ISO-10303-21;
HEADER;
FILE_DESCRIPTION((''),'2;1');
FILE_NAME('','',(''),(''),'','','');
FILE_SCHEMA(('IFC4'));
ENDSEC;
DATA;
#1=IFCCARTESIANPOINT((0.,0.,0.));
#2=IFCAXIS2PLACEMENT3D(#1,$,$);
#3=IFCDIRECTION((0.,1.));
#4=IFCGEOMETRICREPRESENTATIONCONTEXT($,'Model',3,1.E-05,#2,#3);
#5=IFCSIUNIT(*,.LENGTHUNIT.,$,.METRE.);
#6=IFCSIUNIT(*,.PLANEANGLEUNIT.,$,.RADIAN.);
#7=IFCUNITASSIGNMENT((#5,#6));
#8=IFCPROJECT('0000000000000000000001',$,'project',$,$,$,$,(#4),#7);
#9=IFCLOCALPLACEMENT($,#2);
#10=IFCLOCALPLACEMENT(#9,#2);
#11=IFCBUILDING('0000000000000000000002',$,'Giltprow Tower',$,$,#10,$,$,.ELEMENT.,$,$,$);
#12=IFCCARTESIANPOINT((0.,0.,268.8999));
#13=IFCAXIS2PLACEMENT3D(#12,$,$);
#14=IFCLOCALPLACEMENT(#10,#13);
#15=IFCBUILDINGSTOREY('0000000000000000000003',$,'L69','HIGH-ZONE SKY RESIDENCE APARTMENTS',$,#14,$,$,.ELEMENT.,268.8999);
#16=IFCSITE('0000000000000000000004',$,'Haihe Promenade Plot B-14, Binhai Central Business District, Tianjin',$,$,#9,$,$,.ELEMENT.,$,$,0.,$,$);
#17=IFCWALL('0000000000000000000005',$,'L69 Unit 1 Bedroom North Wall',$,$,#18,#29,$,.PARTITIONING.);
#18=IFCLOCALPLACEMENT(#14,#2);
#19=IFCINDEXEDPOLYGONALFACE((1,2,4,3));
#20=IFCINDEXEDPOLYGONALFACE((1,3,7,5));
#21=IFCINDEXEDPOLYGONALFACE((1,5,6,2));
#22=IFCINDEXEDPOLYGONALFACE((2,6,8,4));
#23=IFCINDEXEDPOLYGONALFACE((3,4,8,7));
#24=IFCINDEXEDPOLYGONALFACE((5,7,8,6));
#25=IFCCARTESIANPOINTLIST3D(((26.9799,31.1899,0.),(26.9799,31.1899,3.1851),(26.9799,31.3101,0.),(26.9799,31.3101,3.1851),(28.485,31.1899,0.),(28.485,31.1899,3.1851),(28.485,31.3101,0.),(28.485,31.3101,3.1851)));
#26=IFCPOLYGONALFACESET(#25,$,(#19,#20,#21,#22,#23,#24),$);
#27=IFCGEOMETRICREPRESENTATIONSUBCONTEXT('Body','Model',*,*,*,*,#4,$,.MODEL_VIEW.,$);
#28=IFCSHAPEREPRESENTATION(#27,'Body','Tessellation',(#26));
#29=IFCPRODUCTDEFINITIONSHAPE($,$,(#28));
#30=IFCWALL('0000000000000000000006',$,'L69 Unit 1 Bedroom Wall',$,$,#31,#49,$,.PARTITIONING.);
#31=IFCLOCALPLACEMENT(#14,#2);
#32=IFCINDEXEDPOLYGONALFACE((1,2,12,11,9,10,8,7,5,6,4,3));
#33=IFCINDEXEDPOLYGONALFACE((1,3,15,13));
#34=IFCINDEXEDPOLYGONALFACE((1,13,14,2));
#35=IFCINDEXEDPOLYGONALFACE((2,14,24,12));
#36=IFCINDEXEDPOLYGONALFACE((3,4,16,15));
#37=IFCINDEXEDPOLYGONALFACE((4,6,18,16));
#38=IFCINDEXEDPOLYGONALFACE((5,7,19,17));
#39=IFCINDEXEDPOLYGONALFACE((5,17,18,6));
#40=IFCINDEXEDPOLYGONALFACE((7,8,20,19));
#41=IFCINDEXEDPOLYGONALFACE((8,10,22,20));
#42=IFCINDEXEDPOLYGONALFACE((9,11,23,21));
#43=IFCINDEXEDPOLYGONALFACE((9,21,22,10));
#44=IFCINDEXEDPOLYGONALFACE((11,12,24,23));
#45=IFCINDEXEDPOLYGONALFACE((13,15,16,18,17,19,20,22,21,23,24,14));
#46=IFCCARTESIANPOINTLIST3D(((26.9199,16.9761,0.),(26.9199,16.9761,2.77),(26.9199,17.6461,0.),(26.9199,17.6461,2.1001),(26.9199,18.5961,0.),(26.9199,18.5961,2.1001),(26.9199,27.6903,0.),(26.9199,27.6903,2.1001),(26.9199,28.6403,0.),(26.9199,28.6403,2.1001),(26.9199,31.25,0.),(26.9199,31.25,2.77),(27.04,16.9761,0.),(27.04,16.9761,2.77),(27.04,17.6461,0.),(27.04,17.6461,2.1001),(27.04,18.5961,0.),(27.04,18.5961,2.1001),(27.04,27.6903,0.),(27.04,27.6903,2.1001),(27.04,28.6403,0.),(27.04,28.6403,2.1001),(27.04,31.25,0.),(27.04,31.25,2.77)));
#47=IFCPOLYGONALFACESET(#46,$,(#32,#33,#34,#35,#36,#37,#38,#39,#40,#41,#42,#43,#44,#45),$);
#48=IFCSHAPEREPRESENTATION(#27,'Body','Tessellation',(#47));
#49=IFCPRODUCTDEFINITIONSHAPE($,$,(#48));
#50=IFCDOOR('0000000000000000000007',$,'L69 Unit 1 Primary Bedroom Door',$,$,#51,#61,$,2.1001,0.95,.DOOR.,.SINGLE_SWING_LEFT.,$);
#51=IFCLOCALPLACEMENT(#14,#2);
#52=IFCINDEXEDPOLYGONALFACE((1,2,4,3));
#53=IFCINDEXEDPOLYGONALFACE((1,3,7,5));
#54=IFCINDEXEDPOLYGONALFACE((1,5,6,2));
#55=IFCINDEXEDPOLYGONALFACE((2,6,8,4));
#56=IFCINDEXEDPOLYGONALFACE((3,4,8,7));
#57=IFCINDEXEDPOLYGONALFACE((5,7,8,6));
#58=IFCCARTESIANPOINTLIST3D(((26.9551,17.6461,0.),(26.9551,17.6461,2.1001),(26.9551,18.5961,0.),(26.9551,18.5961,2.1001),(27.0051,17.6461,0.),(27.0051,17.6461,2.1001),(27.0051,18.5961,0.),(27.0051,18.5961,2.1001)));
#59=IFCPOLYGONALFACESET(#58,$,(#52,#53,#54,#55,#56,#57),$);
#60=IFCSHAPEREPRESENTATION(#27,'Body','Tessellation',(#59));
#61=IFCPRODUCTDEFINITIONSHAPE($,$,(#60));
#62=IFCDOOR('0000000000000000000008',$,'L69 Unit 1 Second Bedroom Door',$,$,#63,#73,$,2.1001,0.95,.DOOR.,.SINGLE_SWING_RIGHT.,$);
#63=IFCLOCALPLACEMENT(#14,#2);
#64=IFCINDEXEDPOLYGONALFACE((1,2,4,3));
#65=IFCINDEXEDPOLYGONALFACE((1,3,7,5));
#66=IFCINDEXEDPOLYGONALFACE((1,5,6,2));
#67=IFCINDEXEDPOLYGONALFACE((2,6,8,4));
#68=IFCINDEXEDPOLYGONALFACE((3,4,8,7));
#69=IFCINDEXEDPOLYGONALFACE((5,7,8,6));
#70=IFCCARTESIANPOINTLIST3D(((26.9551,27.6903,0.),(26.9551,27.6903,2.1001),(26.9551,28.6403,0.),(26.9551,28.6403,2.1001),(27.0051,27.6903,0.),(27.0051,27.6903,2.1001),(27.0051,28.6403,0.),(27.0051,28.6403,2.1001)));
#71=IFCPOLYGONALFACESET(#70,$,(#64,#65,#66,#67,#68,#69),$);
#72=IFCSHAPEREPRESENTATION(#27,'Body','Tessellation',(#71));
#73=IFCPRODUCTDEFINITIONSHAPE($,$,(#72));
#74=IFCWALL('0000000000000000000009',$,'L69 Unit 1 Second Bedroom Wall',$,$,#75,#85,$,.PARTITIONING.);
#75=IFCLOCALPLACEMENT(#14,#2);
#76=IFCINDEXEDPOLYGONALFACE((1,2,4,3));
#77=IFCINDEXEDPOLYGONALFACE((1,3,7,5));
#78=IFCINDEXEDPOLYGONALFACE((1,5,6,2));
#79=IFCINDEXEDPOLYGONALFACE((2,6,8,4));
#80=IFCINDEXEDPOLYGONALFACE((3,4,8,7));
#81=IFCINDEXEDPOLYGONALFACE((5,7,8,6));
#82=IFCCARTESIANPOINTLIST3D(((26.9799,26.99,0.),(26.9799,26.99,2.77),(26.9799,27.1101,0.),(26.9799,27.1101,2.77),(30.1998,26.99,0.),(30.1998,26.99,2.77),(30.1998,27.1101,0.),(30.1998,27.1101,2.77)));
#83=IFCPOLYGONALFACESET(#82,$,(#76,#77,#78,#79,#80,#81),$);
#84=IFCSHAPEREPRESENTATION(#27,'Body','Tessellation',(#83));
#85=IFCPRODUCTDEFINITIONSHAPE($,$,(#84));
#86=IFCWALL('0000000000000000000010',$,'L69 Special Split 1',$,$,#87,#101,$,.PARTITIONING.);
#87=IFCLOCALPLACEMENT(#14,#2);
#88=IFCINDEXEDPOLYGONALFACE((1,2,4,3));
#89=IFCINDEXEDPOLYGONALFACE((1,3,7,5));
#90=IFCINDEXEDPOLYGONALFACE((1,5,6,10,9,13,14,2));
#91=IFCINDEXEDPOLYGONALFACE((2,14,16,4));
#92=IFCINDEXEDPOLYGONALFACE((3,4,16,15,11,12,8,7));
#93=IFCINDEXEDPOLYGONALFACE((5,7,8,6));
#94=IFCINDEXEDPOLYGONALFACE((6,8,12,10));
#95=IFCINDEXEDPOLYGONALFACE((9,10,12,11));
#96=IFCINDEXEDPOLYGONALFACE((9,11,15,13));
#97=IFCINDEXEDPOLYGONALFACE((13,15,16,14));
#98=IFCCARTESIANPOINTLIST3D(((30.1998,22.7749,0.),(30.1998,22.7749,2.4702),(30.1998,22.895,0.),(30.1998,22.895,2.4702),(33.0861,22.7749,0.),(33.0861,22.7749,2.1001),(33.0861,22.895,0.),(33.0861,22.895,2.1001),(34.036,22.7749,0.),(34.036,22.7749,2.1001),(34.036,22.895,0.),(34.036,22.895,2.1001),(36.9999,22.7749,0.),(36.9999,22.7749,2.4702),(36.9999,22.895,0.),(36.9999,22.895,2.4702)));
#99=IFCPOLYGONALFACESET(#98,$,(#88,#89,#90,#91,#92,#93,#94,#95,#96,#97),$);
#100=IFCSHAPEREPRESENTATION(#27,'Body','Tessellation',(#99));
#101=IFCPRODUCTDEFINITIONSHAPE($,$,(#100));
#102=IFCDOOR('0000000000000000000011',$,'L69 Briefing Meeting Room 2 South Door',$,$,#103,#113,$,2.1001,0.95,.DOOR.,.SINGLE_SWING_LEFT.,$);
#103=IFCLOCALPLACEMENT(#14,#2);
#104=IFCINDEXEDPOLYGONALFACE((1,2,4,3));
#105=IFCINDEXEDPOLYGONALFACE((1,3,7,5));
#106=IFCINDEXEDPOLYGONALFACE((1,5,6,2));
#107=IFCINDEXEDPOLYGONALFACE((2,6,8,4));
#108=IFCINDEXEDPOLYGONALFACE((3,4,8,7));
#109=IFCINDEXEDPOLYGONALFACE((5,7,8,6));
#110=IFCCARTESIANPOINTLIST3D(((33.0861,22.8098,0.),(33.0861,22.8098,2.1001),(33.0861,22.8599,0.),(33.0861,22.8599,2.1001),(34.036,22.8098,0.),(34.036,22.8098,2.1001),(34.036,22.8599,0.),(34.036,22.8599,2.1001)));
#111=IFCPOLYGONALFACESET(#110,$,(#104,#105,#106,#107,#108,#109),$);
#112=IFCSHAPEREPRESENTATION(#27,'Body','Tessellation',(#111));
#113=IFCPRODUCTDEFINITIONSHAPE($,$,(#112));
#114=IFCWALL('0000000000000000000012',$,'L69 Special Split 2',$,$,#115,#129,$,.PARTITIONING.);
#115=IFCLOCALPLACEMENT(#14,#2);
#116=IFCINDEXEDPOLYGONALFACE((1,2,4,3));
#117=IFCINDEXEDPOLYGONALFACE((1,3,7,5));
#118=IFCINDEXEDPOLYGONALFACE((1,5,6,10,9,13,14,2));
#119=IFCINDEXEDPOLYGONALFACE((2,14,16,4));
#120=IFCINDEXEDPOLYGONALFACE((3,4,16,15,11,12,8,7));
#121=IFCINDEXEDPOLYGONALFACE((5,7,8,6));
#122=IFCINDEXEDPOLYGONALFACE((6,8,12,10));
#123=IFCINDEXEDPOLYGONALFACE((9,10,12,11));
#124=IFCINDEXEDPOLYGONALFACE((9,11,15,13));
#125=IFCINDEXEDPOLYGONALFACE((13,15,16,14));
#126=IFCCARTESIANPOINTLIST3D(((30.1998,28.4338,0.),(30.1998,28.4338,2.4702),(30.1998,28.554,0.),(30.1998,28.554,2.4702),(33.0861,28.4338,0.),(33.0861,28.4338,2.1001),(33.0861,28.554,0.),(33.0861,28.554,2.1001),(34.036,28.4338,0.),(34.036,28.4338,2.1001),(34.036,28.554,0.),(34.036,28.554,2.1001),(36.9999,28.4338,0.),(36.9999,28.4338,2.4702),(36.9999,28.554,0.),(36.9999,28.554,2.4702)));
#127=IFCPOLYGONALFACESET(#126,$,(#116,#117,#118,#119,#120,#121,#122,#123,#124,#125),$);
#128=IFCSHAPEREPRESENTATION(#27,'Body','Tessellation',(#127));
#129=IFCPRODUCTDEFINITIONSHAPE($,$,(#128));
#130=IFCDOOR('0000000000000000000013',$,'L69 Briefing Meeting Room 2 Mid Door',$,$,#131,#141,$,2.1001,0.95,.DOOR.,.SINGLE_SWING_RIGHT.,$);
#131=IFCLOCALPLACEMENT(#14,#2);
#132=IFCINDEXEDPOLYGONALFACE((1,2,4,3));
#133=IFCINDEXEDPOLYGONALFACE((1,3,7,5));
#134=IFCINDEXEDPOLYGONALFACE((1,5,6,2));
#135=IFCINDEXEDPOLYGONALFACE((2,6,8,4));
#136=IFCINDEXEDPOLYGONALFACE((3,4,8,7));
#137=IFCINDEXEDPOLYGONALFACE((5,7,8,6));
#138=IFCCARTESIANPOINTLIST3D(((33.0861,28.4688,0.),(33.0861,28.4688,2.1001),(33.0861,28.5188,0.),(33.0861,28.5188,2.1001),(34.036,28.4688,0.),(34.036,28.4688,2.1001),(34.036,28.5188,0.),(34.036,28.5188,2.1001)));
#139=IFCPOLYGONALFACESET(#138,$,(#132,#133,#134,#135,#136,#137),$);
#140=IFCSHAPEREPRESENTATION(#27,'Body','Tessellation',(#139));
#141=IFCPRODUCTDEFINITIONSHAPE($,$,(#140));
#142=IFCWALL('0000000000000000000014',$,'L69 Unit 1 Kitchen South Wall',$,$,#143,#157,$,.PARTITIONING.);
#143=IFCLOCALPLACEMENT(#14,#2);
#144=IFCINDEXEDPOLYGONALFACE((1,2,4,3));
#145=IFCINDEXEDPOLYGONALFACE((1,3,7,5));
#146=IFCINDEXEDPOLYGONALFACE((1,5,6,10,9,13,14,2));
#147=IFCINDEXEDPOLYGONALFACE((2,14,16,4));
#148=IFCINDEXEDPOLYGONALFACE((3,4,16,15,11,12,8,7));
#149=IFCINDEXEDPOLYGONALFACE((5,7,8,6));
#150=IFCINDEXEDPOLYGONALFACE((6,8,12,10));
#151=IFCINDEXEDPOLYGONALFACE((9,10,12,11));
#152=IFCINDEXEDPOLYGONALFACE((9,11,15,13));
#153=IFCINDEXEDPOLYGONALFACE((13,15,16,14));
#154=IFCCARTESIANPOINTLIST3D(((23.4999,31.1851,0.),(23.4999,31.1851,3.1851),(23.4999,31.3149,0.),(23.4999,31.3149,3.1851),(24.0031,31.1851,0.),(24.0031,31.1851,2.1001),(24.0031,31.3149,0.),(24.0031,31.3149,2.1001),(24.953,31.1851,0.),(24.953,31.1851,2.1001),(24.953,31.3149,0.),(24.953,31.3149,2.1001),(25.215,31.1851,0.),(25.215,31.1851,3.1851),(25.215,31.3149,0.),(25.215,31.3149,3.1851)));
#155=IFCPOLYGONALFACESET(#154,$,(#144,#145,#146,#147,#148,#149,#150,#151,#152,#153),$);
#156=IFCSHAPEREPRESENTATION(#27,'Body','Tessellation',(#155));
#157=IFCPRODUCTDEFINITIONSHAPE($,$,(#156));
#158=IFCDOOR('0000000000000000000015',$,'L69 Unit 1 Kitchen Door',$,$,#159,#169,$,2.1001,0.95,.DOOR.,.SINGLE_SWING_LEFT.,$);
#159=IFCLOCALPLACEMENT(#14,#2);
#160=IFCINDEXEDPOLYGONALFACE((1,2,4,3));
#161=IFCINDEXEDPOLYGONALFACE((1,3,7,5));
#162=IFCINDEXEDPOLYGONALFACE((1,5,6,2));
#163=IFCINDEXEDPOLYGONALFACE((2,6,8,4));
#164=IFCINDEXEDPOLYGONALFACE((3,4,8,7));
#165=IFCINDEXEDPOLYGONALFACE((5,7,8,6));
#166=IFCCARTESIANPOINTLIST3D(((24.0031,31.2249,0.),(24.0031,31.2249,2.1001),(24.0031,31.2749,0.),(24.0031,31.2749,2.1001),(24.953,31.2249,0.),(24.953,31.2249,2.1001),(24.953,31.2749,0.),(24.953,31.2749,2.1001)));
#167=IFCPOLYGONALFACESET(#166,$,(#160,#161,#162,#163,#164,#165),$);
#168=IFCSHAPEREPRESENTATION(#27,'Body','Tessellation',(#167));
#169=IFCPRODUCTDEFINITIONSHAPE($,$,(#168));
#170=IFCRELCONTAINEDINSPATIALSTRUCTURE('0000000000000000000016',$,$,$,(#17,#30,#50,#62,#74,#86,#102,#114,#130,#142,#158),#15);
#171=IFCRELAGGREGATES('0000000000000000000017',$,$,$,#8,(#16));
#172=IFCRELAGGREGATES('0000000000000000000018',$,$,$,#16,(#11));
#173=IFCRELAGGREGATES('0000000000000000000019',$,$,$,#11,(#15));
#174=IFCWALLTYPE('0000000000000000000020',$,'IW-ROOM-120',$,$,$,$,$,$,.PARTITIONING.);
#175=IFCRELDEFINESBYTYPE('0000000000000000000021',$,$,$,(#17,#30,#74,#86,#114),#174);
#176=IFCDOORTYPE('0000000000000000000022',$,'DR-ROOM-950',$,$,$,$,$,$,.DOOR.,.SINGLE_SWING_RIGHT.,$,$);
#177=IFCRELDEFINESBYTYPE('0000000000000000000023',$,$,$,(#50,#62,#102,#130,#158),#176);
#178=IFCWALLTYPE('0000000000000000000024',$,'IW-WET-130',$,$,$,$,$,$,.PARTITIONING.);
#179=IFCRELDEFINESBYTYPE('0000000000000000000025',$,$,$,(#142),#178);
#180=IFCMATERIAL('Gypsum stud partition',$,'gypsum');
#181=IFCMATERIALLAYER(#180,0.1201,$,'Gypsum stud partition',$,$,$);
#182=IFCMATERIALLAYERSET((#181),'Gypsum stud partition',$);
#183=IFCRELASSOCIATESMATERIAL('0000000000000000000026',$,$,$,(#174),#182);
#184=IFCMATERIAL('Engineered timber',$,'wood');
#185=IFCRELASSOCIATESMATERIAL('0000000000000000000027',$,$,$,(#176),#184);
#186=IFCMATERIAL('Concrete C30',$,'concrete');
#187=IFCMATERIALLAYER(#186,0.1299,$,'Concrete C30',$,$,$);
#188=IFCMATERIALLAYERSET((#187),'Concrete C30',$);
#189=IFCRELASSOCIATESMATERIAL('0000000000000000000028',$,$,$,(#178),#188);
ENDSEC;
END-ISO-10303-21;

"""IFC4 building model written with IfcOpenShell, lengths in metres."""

from ifc_helpers import new_model, si_unit, direction, frame, frame_2d, origin, place, context, subcontext, project, spatial, rectangle, extrude, source, transform, mapped, material, layer, layer_set, type_object, element, fill, save


model = new_model("IFC4")

# Units and contexts
model_context = context("Model", 3, precision=1e-05, world=origin(), true_north=direction((0.0, 1.0)))
body_context = subcontext(model_context, "Body", "Model", "MODEL_VIEW")
ifc_project = project(units=[si_unit("LENGTHUNIT", "METRE"), si_unit("PLANEANGLEUNIT", "RADIAN")], contexts=[model_context])

# Site, building, storey
site_placement = place(None, origin())
site = spatial("IfcSite", under=ifc_project, at=site_placement, Name="Haihe Promenade Plot B-14, Binhai Central Business District, Tianjin", CompositionType="ELEMENT", RefElevation=0.0)
building_placement = place(site_placement, origin())
building = spatial("IfcBuilding", under=site, at=building_placement, Name="Giltprow Tower", CompositionType="ELEMENT")
storey_placement = place(building_placement, frame((0.0, 0.0, 268.8999)))
storey = spatial("IfcBuildingStorey", under=building, at=storey_placement, Name="L69", Description="HIGH-ZONE SKY RESIDENCE APARTMENTS", CompositionType="ELEMENT", Elevation=268.8999)

# Wall
ifc_material_1 = material(Name="Gypsum stud partition", Category="gypsum")
ifc_layer_1 = layer(ifc_material_1, 0.1201, Name="Gypsum stud partition")
ifc_layer_set_1 = layer_set([ifc_layer_1], Name="Gypsum stud partition")
wall_type_1 = type_object("IfcWallType", Name="IW-ROOM-120", PredefinedType="PARTITIONING", material=ifc_layer_set_1)
wall_1_placement = place(storey_placement, frame((26.98, 31.25, 0.0), z_axis=(0.0, 0.0, 1.0), x_axis=(1.0, 0.0, 0.0)))
element("IfcWall", 1, at=wall_1_placement, inside=storey, type_object=wall_type_1, Name="L69 Unit 1 Bedroom North Wall", PredefinedType="PARTITIONING", context=body_context, shape_type="SweptSolid", body=[
    extrude(rectangle(XDim=1.5051, YDim=0.1201, at=frame_2d((0.7524, 0.0))), origin(), (0.0, 0.0, 1.0), 3.1851),
])

# Wall, openings, doors
wall_2_placement = place(storey_placement, frame((26.98, 16.9761, 0.0), z_axis=(0.0, 0.0, 1.0), x_axis=(0.0, 1.0, 0.0)))
wall_2 = element("IfcWall", 2, at=wall_2_placement, inside=storey, type_object=wall_type_1, Name="L69 Unit 1 Bedroom Wall", PredefinedType="PARTITIONING", context=body_context, shape_type="SweptSolid", body=[
    extrude(rectangle(XDim=14.2739, YDim=0.1201, at=frame_2d((7.137, 0.0))), origin(), (0.0, 0.0, 1.0), 2.77),
])
opening_1_placement = place(wall_2_placement, frame((0.6699, 0.0, 0.0)))
opening_1 = element("IfcOpeningElement", 3, at=opening_1_placement, cuts=wall_2, PredefinedType="OPENING", context=body_context, shape_type="SweptSolid", body=[
    extrude(rectangle(XDim=0.95, YDim=2.1001, at=frame_2d((0.4751, 1.05))), frame((0.0, 0.0701, 0.0), z_axis=(0.0, -1.0, 0.0), x_axis=(1.0, 0.0, 0.0)), (0.0, 0.0, 1.0), 0.1401),
])
opening_2_placement = place(wall_2_placement, frame((10.7141, 0.0, 0.0)))
opening_2 = element("IfcOpeningElement", 4, at=opening_2_placement, cuts=wall_2, PredefinedType="OPENING", context=body_context, shape_type="SweptSolid", body=[
    extrude(rectangle(XDim=0.95, YDim=2.1001, at=frame_2d((0.4751, 1.05))), frame((0.0, 0.0701, 0.0), z_axis=(0.0, -1.0, 0.0), x_axis=(1.0, 0.0, 0.0)), (0.0, 0.0, 1.0), 0.1401),
])
ifc_material_2 = material(Name="Engineered timber", Category="wood")
door_type_1 = type_object("IfcDoorType", Name="DR-ROOM-950", OperationType="SINGLE_SWING_RIGHT", PredefinedType="DOOR", material=ifc_material_2)
shared_shape_1 = source(origin(), body_context, "Body", "SweptSolid", [
    extrude(rectangle(XDim=0.95, YDim=2.1001, at=frame_2d((0.4751, 1.05))), frame((0.0, 0.0249, 0.0), z_axis=(0.0, -1.0, 0.0), x_axis=(1.0, 0.0, 0.0)), (0.0, 0.0, 1.0), 0.05),
])
door_1_placement = place(opening_1_placement, origin())
door_1 = element("IfcDoor", 5, at=door_1_placement, inside=storey, type_object=door_type_1, Name="L69 Unit 1 Primary Bedroom Door", OperationType="SINGLE_SWING_LEFT", OverallHeight=2.1001, OverallWidth=0.95, PredefinedType="DOOR", context=body_context, shape_type="MappedRepresentation", body=[
    mapped(shared_shape_1, transform((0.0, 0.0, 0.0), x_axis=(1.0, 0.0, 0.0), y_axis=(0.0, 1.0, 0.0), z_axis=(0.0, 0.0, 1.0), scale=1.0)),
])
fill(opening_1, door_1)
door_2_placement = place(opening_2_placement, origin())
door_2 = element("IfcDoor", 6, at=door_2_placement, inside=storey, type_object=door_type_1, Name="L69 Unit 1 Second Bedroom Door", OperationType="SINGLE_SWING_RIGHT", OverallHeight=2.1001, OverallWidth=0.95, PredefinedType="DOOR", context=body_context, shape_type="MappedRepresentation", body=[
    mapped(shared_shape_1, transform((0.0, 0.0, 0.0), x_axis=(1.0, 0.0, 0.0), y_axis=(0.0, 1.0, 0.0), z_axis=(0.0, 0.0, 1.0), scale=1.0)),
])
fill(opening_2, door_2)

# Wall
wall_3_placement = place(storey_placement, frame((26.98, 27.05, 0.0), z_axis=(0.0, 0.0, 1.0), x_axis=(1.0, 0.0, 0.0)))
element("IfcWall", 7, at=wall_3_placement, inside=storey, type_object=wall_type_1, Name="L69 Unit 1 Second Bedroom Wall", PredefinedType="PARTITIONING", context=body_context, shape_type="SweptSolid", body=[
    extrude(rectangle(XDim=3.22, YDim=0.1201, at=frame_2d((1.6099, 0.0))), origin(), (0.0, 0.0, 1.0), 2.77),
])

# Walls, openings, doors
wall_4_placement = place(storey_placement, frame((30.2, 22.835, 0.0), z_axis=(0.0, 0.0, 1.0), x_axis=(1.0, 0.0, 0.0)))
wall_4 = element("IfcWall", 8, at=wall_4_placement, inside=storey, type_object=wall_type_1, Name="L69 Special Split 1", PredefinedType="PARTITIONING", context=body_context, shape_type="SweptSolid", body=[
    extrude(rectangle(XDim=6.8, YDim=0.1201, at=frame_2d((3.3999, 0.0))), origin(), (0.0, 0.0, 1.0), 2.4702),
])
opening_3_placement = place(wall_4_placement, frame((2.886, 0.0, 0.0)))
opening_3 = element("IfcOpeningElement", 9, at=opening_3_placement, cuts=wall_4, PredefinedType="OPENING", context=body_context, shape_type="SweptSolid", body=[
    extrude(rectangle(XDim=0.95, YDim=2.1001, at=frame_2d((0.4751, 1.05))), frame((0.0, 0.0701, 0.0), z_axis=(0.0, -1.0, 0.0), x_axis=(1.0, 0.0, 0.0)), (0.0, 0.0, 1.0), 0.1401),
])
door_3_placement = place(opening_3_placement, origin())
door_3 = element("IfcDoor", 10, at=door_3_placement, inside=storey, type_object=door_type_1, Name="L69 Briefing Meeting Room 2 South Door", OperationType="SINGLE_SWING_LEFT", OverallHeight=2.1001, OverallWidth=0.95, PredefinedType="DOOR", context=body_context, shape_type="MappedRepresentation", body=[
    mapped(shared_shape_1, transform((0.0, 0.0, 0.0), x_axis=(1.0, 0.0, 0.0), y_axis=(0.0, 1.0, 0.0), z_axis=(0.0, 0.0, 1.0), scale=1.0)),
])
fill(opening_3, door_3)
wall_5_placement = place(storey_placement, frame((30.2, 28.4939, 0.0), z_axis=(0.0, 0.0, 1.0), x_axis=(1.0, 0.0, 0.0)))
wall_5 = element("IfcWall", 11, at=wall_5_placement, inside=storey, type_object=wall_type_1, Name="L69 Special Split 2", PredefinedType="PARTITIONING", context=body_context, shape_type="SweptSolid", body=[
    extrude(rectangle(XDim=6.8, YDim=0.1201, at=frame_2d((3.3999, 0.0))), origin(), (0.0, 0.0, 1.0), 2.4702),
])
opening_4_placement = place(wall_5_placement, frame((2.886, 0.0, 0.0)))
opening_4 = element("IfcOpeningElement", 12, at=opening_4_placement, cuts=wall_5, PredefinedType="OPENING", context=body_context, shape_type="SweptSolid", body=[
    extrude(rectangle(XDim=0.95, YDim=2.1001, at=frame_2d((0.4751, 1.05))), frame((0.0, 0.0701, 0.0), z_axis=(0.0, -1.0, 0.0), x_axis=(1.0, 0.0, 0.0)), (0.0, 0.0, 1.0), 0.1401),
])
door_4_placement = place(opening_4_placement, origin())
door_4 = element("IfcDoor", 13, at=door_4_placement, inside=storey, type_object=door_type_1, Name="L69 Briefing Meeting Room 2 Mid Door", OperationType="SINGLE_SWING_RIGHT", OverallHeight=2.1001, OverallWidth=0.95, PredefinedType="DOOR", context=body_context, shape_type="MappedRepresentation", body=[
    mapped(shared_shape_1, transform((0.0, 0.0, 0.0), x_axis=(1.0, 0.0, 0.0), y_axis=(0.0, 1.0, 0.0), z_axis=(0.0, 0.0, 1.0), scale=1.0)),
])
fill(opening_4, door_4)
ifc_material_3 = material(Name="Concrete C30", Category="concrete")
ifc_layer_2 = layer(ifc_material_3, 0.1299, Name="Concrete C30")
ifc_layer_set_2 = layer_set([ifc_layer_2], Name="Concrete C30")
wall_type_2 = type_object("IfcWallType", Name="IW-WET-130", PredefinedType="PARTITIONING", material=ifc_layer_set_2)
wall_6_placement = place(storey_placement, frame((23.5, 31.25, 0.0), z_axis=(0.0, 0.0, 1.0), x_axis=(1.0, 0.0, 0.0)))
wall_6 = element("IfcWall", 14, at=wall_6_placement, inside=storey, type_object=wall_type_2, Name="L69 Unit 1 Kitchen South Wall", PredefinedType="PARTITIONING", context=body_context, shape_type="SweptSolid", body=[
    extrude(rectangle(XDim=1.7151, YDim=0.1299, at=frame_2d((0.8574, 0.0))), origin(), (0.0, 0.0, 1.0), 3.1851),
])
opening_5_placement = place(wall_6_placement, frame((0.5029, 0.0, 0.0)))
opening_5 = element("IfcOpeningElement", 15, at=opening_5_placement, cuts=wall_6, PredefinedType="OPENING", context=body_context, shape_type="SweptSolid", body=[
    extrude(rectangle(XDim=0.95, YDim=2.1001, at=frame_2d((0.4751, 1.05))), frame((0.0, 0.075, 0.0), z_axis=(0.0, -1.0, 0.0), x_axis=(1.0, 0.0, 0.0)), (0.0, 0.0, 1.0), 0.1499),
])
door_5_placement = place(opening_5_placement, origin())
door_5 = element("IfcDoor", 16, at=door_5_placement, inside=storey, type_object=door_type_1, Name="L69 Unit 1 Kitchen Door", OperationType="SINGLE_SWING_LEFT", OverallHeight=2.1001, OverallWidth=0.95, PredefinedType="DOOR", context=body_context, shape_type="MappedRepresentation", body=[
    mapped(shared_shape_1, transform((0.0, 0.0, 0.0), x_axis=(1.0, 0.0, 0.0), y_axis=(0.0, 1.0, 0.0), z_axis=(0.0, 0.0, 1.0), scale=1.0)),
])
fill(opening_5, door_5)

save(model, "model.ifc")
